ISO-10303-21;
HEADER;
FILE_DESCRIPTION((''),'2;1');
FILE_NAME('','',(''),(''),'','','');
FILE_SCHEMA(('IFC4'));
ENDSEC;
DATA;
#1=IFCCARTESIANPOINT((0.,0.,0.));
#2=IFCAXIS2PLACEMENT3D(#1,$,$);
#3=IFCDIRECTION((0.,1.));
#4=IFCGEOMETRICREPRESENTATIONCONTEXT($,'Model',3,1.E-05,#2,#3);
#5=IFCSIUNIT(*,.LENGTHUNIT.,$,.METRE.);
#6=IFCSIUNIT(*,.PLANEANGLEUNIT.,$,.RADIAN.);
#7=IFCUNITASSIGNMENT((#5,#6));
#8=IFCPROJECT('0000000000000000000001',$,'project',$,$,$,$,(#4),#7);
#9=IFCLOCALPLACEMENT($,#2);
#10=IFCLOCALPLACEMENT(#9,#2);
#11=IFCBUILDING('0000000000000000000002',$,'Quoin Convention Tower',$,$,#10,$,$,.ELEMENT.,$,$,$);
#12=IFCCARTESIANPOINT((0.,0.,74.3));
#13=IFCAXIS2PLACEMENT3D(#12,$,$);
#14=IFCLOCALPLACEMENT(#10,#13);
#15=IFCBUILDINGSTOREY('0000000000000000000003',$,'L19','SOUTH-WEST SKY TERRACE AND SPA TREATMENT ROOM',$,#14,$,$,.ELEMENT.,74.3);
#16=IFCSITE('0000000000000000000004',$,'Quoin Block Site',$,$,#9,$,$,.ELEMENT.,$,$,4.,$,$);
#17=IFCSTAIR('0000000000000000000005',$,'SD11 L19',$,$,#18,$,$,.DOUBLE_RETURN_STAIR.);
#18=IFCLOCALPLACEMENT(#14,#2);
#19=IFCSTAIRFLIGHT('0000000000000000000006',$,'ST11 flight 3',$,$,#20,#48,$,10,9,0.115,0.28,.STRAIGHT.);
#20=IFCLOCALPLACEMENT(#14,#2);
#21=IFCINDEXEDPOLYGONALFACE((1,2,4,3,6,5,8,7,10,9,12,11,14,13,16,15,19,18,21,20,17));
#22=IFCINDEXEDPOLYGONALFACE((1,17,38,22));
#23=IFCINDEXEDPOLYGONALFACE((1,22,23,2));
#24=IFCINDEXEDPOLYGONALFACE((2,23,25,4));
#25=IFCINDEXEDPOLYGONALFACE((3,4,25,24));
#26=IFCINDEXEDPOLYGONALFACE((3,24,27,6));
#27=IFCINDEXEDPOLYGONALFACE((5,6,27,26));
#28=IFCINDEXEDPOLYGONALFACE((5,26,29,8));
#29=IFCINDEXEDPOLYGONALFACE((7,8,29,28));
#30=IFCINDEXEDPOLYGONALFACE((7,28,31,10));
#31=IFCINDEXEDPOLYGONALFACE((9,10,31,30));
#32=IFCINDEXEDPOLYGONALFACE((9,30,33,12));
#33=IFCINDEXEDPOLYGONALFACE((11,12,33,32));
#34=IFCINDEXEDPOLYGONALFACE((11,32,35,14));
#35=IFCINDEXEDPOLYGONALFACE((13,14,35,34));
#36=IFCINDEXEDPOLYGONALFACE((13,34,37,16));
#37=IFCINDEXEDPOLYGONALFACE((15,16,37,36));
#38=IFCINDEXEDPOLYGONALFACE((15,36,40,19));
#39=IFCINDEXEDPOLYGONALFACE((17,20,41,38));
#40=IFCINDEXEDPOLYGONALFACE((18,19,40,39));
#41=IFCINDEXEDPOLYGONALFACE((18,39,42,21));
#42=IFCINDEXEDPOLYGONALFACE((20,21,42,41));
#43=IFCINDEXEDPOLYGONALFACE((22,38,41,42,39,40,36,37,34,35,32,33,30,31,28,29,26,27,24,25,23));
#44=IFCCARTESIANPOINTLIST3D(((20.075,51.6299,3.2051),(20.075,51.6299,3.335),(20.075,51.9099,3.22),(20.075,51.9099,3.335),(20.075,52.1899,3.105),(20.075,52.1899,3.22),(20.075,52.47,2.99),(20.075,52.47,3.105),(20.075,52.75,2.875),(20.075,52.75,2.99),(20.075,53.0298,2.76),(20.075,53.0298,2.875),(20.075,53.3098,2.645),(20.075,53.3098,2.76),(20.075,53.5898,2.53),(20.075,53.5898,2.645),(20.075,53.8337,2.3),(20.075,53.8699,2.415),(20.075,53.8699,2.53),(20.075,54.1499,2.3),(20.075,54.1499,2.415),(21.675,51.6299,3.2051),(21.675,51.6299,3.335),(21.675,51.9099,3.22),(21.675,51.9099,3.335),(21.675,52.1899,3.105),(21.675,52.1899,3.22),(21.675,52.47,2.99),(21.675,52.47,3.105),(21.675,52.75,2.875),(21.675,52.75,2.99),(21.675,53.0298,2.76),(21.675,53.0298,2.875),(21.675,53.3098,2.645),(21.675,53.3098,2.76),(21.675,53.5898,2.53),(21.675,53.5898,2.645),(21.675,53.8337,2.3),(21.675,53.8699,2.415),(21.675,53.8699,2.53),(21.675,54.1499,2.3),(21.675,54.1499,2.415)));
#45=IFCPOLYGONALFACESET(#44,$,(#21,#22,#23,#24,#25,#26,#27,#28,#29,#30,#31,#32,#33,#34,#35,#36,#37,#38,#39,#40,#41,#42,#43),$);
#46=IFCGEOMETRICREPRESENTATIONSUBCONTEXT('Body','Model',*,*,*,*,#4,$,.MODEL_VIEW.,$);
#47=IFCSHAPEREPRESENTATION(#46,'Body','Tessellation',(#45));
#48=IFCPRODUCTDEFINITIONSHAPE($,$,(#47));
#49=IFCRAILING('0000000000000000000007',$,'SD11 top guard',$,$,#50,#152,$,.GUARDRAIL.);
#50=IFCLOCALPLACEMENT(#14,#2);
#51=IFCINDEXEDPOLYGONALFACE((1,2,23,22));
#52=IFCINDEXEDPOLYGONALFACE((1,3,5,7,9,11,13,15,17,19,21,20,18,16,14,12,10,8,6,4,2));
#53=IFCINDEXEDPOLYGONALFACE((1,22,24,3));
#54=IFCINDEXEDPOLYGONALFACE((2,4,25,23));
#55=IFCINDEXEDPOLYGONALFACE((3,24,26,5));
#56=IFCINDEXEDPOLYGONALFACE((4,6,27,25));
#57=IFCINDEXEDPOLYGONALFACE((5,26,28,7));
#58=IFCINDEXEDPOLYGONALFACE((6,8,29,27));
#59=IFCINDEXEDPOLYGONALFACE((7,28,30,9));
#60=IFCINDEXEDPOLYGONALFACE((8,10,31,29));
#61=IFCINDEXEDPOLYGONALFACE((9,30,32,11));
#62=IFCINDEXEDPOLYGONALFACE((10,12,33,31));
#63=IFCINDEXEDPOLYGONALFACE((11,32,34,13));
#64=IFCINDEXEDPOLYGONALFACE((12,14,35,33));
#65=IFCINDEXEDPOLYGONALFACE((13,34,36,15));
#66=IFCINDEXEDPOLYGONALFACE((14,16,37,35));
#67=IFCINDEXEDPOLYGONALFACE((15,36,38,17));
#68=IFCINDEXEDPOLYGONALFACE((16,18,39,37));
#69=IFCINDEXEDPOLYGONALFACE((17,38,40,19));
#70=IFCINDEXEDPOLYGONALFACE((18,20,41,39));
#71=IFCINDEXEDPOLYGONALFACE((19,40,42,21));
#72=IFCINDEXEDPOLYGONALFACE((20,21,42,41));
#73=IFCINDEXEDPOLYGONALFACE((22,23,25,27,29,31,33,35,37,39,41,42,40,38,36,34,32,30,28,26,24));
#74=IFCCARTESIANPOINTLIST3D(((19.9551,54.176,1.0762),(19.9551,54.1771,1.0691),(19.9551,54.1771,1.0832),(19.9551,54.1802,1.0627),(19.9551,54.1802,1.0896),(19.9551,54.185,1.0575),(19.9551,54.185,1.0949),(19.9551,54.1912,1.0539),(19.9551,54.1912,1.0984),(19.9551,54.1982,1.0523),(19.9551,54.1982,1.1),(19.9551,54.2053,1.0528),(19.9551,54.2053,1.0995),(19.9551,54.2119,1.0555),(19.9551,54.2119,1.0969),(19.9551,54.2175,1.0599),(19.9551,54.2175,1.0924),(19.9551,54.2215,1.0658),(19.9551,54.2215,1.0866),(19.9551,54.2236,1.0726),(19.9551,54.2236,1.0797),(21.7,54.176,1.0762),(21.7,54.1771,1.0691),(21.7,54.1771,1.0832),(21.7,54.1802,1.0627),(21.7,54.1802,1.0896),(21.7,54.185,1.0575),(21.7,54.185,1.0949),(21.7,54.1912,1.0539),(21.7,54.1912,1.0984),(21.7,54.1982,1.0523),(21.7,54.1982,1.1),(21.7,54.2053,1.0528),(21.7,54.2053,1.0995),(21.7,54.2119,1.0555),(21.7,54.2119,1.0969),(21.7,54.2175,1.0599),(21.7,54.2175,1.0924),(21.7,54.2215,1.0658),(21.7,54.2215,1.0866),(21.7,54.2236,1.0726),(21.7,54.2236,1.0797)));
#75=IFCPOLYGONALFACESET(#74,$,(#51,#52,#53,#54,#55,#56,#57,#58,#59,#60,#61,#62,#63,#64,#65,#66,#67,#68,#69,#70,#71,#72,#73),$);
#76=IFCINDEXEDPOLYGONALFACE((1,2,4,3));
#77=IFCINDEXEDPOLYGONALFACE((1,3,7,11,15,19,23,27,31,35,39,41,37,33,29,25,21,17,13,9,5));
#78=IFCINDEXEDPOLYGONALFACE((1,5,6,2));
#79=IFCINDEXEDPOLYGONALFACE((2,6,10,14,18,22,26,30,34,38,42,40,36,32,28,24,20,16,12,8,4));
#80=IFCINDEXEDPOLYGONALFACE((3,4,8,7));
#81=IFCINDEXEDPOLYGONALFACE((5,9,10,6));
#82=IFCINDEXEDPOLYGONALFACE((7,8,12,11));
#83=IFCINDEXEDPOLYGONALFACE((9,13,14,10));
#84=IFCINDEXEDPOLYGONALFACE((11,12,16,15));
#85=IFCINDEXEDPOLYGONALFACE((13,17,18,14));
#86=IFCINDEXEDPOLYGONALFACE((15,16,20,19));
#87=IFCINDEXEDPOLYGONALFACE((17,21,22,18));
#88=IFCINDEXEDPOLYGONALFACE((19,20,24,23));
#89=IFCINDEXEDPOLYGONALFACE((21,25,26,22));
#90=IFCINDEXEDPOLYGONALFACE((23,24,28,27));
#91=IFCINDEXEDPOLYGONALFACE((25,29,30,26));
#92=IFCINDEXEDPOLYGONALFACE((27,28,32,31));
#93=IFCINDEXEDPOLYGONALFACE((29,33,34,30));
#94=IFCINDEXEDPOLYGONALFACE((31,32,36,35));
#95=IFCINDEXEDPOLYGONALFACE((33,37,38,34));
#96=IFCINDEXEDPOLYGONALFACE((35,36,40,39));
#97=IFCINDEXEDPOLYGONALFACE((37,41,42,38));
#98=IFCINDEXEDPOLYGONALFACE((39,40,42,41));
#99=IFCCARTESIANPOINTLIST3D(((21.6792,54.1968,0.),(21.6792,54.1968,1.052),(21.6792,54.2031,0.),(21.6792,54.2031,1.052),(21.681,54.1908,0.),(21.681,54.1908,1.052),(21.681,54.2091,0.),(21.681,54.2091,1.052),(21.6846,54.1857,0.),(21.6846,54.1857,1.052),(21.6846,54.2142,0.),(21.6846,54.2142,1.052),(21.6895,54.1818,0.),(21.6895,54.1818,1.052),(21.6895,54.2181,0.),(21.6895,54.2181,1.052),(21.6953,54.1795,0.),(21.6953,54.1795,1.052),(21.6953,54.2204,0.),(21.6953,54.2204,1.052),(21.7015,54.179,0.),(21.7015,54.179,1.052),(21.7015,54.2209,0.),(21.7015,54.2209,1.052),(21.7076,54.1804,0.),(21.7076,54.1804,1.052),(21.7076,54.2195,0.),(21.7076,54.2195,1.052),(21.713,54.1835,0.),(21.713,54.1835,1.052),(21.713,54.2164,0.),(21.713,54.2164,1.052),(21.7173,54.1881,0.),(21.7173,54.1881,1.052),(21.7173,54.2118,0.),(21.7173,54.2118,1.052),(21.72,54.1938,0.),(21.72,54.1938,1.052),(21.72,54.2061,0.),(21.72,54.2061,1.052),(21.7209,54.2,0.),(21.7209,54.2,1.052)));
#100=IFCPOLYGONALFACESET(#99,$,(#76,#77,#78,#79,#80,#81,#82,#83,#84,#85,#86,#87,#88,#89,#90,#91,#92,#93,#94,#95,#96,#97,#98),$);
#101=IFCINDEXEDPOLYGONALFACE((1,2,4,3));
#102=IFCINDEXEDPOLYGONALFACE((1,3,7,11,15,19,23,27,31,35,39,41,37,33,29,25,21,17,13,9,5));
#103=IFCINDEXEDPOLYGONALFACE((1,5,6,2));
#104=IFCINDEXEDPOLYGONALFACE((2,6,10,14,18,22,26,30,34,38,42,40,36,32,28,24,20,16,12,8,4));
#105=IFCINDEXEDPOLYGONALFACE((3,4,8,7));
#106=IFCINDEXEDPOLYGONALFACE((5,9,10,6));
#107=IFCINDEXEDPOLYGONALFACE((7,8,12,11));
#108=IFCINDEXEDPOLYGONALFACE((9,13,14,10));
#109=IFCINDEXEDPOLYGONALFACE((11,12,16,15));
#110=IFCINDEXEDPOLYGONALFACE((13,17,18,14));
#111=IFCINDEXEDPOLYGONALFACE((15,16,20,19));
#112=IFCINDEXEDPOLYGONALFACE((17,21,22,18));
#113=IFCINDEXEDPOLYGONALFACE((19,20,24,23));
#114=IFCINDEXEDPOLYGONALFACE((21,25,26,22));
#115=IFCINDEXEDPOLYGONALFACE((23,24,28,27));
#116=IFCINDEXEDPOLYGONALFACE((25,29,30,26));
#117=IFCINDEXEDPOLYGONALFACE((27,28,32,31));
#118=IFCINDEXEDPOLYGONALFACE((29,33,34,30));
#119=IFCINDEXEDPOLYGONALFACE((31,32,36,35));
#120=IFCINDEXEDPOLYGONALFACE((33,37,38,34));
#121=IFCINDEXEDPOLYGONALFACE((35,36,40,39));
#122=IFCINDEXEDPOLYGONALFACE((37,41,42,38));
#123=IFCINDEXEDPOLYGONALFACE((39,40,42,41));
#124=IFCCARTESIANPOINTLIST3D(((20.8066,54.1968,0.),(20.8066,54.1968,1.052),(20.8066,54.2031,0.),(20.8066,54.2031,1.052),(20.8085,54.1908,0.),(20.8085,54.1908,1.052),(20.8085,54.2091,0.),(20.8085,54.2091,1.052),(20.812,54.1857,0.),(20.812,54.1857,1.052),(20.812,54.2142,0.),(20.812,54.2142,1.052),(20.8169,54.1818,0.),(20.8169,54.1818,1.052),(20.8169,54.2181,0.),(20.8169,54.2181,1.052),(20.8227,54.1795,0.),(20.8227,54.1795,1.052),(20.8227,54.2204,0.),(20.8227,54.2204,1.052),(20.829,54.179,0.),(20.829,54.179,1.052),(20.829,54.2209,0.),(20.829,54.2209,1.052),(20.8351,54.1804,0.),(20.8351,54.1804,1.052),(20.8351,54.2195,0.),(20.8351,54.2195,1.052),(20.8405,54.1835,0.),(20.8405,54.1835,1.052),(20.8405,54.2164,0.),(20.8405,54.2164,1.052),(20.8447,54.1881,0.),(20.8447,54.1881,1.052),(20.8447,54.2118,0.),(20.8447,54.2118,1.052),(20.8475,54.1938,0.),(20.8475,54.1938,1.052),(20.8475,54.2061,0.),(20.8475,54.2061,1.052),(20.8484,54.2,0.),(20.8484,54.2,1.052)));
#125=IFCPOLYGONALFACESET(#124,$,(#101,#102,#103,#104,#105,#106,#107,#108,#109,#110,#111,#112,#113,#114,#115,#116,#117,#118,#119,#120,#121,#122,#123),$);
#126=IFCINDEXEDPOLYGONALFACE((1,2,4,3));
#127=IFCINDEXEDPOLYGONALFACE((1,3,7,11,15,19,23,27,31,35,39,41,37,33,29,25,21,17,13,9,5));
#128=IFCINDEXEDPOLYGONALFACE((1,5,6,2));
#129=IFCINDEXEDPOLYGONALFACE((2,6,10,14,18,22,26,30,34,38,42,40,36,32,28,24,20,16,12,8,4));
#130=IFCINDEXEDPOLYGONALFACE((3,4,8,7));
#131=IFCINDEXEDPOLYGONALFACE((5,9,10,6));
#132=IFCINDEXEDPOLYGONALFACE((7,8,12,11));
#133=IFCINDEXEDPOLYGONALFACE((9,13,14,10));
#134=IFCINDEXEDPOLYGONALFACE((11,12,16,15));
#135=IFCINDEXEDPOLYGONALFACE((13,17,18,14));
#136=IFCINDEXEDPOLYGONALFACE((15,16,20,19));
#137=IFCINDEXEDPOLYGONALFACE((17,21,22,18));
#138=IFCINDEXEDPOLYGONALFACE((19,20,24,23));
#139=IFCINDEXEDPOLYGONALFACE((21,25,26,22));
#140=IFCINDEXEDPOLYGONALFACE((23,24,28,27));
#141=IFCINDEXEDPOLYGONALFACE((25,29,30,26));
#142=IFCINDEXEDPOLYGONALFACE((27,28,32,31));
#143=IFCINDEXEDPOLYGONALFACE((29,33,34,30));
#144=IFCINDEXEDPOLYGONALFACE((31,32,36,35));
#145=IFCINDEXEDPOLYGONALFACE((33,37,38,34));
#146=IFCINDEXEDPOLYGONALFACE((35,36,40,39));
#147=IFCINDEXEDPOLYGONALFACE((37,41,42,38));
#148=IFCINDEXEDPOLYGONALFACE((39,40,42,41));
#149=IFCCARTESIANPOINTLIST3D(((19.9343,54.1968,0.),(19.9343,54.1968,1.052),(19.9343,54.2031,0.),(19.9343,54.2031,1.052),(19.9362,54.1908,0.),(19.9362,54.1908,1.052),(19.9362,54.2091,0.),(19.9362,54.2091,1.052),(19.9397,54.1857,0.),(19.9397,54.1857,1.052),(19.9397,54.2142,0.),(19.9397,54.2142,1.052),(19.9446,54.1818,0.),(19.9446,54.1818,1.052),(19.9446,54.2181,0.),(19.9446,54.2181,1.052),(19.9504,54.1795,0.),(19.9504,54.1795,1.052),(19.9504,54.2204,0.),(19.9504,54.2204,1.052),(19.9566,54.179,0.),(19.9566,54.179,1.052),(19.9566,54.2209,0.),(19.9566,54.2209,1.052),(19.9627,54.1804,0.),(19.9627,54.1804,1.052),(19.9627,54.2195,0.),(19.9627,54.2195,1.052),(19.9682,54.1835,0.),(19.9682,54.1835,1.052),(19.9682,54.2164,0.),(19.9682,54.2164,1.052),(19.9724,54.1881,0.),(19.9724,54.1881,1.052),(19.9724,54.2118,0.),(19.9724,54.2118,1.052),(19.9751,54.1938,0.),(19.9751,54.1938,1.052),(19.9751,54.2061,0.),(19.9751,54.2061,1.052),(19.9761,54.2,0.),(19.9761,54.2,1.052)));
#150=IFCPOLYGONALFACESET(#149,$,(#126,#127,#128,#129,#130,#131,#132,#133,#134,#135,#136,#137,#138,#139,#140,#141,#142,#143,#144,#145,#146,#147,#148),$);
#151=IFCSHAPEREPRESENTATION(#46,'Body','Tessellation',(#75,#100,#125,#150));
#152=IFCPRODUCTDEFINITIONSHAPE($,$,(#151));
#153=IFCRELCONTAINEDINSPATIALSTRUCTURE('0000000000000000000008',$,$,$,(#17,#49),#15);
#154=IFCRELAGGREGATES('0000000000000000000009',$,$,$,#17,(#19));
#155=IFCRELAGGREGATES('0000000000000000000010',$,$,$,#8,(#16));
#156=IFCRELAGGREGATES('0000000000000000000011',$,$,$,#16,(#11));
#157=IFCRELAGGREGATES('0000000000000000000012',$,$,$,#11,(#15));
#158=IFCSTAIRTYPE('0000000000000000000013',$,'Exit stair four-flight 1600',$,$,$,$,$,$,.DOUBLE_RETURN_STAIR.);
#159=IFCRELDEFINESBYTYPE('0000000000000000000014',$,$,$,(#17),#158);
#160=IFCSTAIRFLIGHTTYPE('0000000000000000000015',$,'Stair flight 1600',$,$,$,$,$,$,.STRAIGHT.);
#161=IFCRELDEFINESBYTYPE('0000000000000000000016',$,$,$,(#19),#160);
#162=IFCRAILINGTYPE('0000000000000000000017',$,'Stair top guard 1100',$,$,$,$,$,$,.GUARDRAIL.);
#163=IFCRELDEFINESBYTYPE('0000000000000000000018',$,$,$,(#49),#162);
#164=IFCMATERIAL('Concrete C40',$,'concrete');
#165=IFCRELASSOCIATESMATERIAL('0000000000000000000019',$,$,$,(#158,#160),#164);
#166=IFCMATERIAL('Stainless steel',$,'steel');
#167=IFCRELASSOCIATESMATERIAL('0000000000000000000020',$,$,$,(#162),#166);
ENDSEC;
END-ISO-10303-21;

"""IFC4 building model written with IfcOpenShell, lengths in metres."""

from ifc_helpers import new_model, si_unit, direction, frame, origin, origin_2d, place, context, subcontext, project, spatial, polyline, circle, outline, extrude, material, type_object, element, aggregate, save


model = new_model("IFC4")

# Units and contexts
model_context = context("Model", 3, precision=1e-05, world=origin(), true_north=direction((0.0, 1.0)))
body_context = subcontext(model_context, "Body", "Model", "MODEL_VIEW")
ifc_project = project(units=[si_unit("LENGTHUNIT", "METRE"), si_unit("PLANEANGLEUNIT", "RADIAN")], contexts=[model_context])

# Site, building, storey
site_placement = place(None, origin())
site = spatial("IfcSite", under=ifc_project, at=site_placement, Name="Quoin Block Site", CompositionType="ELEMENT", RefElevation=4.0)
building_placement = place(site_placement, origin())
building = spatial("IfcBuilding", under=site, at=building_placement, Name="Quoin Convention Tower", CompositionType="ELEMENT")
storey_placement = place(building_placement, frame((0.0, 0.0, 74.3)))
storey = spatial("IfcBuildingStorey", under=building, at=storey_placement, Name="L19", Description="SOUTH-WEST SKY TERRACE AND SPA TREATMENT ROOM", CompositionType="ELEMENT", Elevation=74.3)

# Stair, stair flight
ifc_material_1 = material(Name="Concrete C40", Category="concrete")
stair_type = type_object("IfcStairType", Name="Exit stair four-flight 1600", PredefinedType="DOUBLE_RETURN_STAIR", material=ifc_material_1)
stair_placement = place(storey_placement, origin())
stair = element("IfcStair", 1, at=stair_placement, inside=storey, type_object=stair_type, Name="SD11 L19", PredefinedType="DOUBLE_RETURN_STAIR")
stair_flight_type = type_object("IfcStairFlightType", Name="Stair flight 1600", PredefinedType="STRAIGHT", material=ifc_material_1)
stair_flight_1_placement = place(storey_placement, frame((20.875, 54.1499, 2.3), z_axis=(0.0, 0.0, 1.0), x_axis=(0.0, -1.0, 0.0)))
stair_flight_1 = element("IfcStairFlight", 2, at=stair_flight_1_placement, type_object=stair_flight_type, Name="ST11 flight 3", NumberOfRisers=10, NumberOfTreads=9, PredefinedType="STRAIGHT", RiserHeight=0.115, TreadLength=0.28, context=body_context, shape_type="SweptSolid", body=[
    extrude(outline(polyline([(0.0, 0.0), (0.0, 0.115), (0.28, 0.115), (0.28, 0.23), (0.5601, 0.23), (0.5601, 0.345), (0.8401, 0.345), (0.8401, 0.46), (1.1201, 0.46), (1.1201, 0.575), (1.3999, 0.575), (1.3999, 0.6899), (1.6799, 0.6899), (1.6799, 0.8049), (1.96, 0.8049), (1.96, 0.9199), (2.24, 0.9199), (2.24, 1.0349), (2.52, 1.0349), (2.52, 1.1499), (2.52, 0.905), (0.3162, 0.0), (0.0, 0.0)])), frame((0.0, 0.8, 0.0), z_axis=(0.0, -1.0, 0.0), x_axis=(1.0, 0.0, 0.0)), (0.0, 0.0, 1.0), 1.6001),
])
aggregate(stair, [stair_flight_1])

# Railing
ifc_material_2 = material(Name="Stainless steel", Category="steel")
railing_type_1 = type_object("IfcRailingType", Name="Stair top guard 1100", PredefinedType="GUARDRAIL", material=ifc_material_2)
railing_1_placement = place(storey_placement, frame((21.7, 54.2, 0.0)))
element("IfcRailing", 3, at=railing_1_placement, inside=storey, type_object=railing_type_1, Name="SD11 top guard", PredefinedType="GUARDRAIL", context=body_context, shape_type="SweptSolid", body=[
    extrude(circle(Radius=0.0239, at=origin_2d()), frame((0.0, 0.0, 1.0762), z_axis=(-1.0, 0.0, 0.0), x_axis=(0.0, -1.0, 0.0)), (0.0, 0.0, 1.0), 1.7449),
    extrude(circle(Radius=0.021, at=origin_2d()), origin(), (0.0, 0.0, 1.0), 1.052),
    extrude(circle(Radius=0.021, at=origin_2d()), frame((-0.8726, 0.0, 0.0)), (0.0, 0.0, 1.0), 1.052),
    extrude(circle(Radius=0.021, at=origin_2d()), frame((-1.7449, 0.0, 0.0)), (0.0, 0.0, 1.0), 1.052),
])

save(model, "model.ifc")
